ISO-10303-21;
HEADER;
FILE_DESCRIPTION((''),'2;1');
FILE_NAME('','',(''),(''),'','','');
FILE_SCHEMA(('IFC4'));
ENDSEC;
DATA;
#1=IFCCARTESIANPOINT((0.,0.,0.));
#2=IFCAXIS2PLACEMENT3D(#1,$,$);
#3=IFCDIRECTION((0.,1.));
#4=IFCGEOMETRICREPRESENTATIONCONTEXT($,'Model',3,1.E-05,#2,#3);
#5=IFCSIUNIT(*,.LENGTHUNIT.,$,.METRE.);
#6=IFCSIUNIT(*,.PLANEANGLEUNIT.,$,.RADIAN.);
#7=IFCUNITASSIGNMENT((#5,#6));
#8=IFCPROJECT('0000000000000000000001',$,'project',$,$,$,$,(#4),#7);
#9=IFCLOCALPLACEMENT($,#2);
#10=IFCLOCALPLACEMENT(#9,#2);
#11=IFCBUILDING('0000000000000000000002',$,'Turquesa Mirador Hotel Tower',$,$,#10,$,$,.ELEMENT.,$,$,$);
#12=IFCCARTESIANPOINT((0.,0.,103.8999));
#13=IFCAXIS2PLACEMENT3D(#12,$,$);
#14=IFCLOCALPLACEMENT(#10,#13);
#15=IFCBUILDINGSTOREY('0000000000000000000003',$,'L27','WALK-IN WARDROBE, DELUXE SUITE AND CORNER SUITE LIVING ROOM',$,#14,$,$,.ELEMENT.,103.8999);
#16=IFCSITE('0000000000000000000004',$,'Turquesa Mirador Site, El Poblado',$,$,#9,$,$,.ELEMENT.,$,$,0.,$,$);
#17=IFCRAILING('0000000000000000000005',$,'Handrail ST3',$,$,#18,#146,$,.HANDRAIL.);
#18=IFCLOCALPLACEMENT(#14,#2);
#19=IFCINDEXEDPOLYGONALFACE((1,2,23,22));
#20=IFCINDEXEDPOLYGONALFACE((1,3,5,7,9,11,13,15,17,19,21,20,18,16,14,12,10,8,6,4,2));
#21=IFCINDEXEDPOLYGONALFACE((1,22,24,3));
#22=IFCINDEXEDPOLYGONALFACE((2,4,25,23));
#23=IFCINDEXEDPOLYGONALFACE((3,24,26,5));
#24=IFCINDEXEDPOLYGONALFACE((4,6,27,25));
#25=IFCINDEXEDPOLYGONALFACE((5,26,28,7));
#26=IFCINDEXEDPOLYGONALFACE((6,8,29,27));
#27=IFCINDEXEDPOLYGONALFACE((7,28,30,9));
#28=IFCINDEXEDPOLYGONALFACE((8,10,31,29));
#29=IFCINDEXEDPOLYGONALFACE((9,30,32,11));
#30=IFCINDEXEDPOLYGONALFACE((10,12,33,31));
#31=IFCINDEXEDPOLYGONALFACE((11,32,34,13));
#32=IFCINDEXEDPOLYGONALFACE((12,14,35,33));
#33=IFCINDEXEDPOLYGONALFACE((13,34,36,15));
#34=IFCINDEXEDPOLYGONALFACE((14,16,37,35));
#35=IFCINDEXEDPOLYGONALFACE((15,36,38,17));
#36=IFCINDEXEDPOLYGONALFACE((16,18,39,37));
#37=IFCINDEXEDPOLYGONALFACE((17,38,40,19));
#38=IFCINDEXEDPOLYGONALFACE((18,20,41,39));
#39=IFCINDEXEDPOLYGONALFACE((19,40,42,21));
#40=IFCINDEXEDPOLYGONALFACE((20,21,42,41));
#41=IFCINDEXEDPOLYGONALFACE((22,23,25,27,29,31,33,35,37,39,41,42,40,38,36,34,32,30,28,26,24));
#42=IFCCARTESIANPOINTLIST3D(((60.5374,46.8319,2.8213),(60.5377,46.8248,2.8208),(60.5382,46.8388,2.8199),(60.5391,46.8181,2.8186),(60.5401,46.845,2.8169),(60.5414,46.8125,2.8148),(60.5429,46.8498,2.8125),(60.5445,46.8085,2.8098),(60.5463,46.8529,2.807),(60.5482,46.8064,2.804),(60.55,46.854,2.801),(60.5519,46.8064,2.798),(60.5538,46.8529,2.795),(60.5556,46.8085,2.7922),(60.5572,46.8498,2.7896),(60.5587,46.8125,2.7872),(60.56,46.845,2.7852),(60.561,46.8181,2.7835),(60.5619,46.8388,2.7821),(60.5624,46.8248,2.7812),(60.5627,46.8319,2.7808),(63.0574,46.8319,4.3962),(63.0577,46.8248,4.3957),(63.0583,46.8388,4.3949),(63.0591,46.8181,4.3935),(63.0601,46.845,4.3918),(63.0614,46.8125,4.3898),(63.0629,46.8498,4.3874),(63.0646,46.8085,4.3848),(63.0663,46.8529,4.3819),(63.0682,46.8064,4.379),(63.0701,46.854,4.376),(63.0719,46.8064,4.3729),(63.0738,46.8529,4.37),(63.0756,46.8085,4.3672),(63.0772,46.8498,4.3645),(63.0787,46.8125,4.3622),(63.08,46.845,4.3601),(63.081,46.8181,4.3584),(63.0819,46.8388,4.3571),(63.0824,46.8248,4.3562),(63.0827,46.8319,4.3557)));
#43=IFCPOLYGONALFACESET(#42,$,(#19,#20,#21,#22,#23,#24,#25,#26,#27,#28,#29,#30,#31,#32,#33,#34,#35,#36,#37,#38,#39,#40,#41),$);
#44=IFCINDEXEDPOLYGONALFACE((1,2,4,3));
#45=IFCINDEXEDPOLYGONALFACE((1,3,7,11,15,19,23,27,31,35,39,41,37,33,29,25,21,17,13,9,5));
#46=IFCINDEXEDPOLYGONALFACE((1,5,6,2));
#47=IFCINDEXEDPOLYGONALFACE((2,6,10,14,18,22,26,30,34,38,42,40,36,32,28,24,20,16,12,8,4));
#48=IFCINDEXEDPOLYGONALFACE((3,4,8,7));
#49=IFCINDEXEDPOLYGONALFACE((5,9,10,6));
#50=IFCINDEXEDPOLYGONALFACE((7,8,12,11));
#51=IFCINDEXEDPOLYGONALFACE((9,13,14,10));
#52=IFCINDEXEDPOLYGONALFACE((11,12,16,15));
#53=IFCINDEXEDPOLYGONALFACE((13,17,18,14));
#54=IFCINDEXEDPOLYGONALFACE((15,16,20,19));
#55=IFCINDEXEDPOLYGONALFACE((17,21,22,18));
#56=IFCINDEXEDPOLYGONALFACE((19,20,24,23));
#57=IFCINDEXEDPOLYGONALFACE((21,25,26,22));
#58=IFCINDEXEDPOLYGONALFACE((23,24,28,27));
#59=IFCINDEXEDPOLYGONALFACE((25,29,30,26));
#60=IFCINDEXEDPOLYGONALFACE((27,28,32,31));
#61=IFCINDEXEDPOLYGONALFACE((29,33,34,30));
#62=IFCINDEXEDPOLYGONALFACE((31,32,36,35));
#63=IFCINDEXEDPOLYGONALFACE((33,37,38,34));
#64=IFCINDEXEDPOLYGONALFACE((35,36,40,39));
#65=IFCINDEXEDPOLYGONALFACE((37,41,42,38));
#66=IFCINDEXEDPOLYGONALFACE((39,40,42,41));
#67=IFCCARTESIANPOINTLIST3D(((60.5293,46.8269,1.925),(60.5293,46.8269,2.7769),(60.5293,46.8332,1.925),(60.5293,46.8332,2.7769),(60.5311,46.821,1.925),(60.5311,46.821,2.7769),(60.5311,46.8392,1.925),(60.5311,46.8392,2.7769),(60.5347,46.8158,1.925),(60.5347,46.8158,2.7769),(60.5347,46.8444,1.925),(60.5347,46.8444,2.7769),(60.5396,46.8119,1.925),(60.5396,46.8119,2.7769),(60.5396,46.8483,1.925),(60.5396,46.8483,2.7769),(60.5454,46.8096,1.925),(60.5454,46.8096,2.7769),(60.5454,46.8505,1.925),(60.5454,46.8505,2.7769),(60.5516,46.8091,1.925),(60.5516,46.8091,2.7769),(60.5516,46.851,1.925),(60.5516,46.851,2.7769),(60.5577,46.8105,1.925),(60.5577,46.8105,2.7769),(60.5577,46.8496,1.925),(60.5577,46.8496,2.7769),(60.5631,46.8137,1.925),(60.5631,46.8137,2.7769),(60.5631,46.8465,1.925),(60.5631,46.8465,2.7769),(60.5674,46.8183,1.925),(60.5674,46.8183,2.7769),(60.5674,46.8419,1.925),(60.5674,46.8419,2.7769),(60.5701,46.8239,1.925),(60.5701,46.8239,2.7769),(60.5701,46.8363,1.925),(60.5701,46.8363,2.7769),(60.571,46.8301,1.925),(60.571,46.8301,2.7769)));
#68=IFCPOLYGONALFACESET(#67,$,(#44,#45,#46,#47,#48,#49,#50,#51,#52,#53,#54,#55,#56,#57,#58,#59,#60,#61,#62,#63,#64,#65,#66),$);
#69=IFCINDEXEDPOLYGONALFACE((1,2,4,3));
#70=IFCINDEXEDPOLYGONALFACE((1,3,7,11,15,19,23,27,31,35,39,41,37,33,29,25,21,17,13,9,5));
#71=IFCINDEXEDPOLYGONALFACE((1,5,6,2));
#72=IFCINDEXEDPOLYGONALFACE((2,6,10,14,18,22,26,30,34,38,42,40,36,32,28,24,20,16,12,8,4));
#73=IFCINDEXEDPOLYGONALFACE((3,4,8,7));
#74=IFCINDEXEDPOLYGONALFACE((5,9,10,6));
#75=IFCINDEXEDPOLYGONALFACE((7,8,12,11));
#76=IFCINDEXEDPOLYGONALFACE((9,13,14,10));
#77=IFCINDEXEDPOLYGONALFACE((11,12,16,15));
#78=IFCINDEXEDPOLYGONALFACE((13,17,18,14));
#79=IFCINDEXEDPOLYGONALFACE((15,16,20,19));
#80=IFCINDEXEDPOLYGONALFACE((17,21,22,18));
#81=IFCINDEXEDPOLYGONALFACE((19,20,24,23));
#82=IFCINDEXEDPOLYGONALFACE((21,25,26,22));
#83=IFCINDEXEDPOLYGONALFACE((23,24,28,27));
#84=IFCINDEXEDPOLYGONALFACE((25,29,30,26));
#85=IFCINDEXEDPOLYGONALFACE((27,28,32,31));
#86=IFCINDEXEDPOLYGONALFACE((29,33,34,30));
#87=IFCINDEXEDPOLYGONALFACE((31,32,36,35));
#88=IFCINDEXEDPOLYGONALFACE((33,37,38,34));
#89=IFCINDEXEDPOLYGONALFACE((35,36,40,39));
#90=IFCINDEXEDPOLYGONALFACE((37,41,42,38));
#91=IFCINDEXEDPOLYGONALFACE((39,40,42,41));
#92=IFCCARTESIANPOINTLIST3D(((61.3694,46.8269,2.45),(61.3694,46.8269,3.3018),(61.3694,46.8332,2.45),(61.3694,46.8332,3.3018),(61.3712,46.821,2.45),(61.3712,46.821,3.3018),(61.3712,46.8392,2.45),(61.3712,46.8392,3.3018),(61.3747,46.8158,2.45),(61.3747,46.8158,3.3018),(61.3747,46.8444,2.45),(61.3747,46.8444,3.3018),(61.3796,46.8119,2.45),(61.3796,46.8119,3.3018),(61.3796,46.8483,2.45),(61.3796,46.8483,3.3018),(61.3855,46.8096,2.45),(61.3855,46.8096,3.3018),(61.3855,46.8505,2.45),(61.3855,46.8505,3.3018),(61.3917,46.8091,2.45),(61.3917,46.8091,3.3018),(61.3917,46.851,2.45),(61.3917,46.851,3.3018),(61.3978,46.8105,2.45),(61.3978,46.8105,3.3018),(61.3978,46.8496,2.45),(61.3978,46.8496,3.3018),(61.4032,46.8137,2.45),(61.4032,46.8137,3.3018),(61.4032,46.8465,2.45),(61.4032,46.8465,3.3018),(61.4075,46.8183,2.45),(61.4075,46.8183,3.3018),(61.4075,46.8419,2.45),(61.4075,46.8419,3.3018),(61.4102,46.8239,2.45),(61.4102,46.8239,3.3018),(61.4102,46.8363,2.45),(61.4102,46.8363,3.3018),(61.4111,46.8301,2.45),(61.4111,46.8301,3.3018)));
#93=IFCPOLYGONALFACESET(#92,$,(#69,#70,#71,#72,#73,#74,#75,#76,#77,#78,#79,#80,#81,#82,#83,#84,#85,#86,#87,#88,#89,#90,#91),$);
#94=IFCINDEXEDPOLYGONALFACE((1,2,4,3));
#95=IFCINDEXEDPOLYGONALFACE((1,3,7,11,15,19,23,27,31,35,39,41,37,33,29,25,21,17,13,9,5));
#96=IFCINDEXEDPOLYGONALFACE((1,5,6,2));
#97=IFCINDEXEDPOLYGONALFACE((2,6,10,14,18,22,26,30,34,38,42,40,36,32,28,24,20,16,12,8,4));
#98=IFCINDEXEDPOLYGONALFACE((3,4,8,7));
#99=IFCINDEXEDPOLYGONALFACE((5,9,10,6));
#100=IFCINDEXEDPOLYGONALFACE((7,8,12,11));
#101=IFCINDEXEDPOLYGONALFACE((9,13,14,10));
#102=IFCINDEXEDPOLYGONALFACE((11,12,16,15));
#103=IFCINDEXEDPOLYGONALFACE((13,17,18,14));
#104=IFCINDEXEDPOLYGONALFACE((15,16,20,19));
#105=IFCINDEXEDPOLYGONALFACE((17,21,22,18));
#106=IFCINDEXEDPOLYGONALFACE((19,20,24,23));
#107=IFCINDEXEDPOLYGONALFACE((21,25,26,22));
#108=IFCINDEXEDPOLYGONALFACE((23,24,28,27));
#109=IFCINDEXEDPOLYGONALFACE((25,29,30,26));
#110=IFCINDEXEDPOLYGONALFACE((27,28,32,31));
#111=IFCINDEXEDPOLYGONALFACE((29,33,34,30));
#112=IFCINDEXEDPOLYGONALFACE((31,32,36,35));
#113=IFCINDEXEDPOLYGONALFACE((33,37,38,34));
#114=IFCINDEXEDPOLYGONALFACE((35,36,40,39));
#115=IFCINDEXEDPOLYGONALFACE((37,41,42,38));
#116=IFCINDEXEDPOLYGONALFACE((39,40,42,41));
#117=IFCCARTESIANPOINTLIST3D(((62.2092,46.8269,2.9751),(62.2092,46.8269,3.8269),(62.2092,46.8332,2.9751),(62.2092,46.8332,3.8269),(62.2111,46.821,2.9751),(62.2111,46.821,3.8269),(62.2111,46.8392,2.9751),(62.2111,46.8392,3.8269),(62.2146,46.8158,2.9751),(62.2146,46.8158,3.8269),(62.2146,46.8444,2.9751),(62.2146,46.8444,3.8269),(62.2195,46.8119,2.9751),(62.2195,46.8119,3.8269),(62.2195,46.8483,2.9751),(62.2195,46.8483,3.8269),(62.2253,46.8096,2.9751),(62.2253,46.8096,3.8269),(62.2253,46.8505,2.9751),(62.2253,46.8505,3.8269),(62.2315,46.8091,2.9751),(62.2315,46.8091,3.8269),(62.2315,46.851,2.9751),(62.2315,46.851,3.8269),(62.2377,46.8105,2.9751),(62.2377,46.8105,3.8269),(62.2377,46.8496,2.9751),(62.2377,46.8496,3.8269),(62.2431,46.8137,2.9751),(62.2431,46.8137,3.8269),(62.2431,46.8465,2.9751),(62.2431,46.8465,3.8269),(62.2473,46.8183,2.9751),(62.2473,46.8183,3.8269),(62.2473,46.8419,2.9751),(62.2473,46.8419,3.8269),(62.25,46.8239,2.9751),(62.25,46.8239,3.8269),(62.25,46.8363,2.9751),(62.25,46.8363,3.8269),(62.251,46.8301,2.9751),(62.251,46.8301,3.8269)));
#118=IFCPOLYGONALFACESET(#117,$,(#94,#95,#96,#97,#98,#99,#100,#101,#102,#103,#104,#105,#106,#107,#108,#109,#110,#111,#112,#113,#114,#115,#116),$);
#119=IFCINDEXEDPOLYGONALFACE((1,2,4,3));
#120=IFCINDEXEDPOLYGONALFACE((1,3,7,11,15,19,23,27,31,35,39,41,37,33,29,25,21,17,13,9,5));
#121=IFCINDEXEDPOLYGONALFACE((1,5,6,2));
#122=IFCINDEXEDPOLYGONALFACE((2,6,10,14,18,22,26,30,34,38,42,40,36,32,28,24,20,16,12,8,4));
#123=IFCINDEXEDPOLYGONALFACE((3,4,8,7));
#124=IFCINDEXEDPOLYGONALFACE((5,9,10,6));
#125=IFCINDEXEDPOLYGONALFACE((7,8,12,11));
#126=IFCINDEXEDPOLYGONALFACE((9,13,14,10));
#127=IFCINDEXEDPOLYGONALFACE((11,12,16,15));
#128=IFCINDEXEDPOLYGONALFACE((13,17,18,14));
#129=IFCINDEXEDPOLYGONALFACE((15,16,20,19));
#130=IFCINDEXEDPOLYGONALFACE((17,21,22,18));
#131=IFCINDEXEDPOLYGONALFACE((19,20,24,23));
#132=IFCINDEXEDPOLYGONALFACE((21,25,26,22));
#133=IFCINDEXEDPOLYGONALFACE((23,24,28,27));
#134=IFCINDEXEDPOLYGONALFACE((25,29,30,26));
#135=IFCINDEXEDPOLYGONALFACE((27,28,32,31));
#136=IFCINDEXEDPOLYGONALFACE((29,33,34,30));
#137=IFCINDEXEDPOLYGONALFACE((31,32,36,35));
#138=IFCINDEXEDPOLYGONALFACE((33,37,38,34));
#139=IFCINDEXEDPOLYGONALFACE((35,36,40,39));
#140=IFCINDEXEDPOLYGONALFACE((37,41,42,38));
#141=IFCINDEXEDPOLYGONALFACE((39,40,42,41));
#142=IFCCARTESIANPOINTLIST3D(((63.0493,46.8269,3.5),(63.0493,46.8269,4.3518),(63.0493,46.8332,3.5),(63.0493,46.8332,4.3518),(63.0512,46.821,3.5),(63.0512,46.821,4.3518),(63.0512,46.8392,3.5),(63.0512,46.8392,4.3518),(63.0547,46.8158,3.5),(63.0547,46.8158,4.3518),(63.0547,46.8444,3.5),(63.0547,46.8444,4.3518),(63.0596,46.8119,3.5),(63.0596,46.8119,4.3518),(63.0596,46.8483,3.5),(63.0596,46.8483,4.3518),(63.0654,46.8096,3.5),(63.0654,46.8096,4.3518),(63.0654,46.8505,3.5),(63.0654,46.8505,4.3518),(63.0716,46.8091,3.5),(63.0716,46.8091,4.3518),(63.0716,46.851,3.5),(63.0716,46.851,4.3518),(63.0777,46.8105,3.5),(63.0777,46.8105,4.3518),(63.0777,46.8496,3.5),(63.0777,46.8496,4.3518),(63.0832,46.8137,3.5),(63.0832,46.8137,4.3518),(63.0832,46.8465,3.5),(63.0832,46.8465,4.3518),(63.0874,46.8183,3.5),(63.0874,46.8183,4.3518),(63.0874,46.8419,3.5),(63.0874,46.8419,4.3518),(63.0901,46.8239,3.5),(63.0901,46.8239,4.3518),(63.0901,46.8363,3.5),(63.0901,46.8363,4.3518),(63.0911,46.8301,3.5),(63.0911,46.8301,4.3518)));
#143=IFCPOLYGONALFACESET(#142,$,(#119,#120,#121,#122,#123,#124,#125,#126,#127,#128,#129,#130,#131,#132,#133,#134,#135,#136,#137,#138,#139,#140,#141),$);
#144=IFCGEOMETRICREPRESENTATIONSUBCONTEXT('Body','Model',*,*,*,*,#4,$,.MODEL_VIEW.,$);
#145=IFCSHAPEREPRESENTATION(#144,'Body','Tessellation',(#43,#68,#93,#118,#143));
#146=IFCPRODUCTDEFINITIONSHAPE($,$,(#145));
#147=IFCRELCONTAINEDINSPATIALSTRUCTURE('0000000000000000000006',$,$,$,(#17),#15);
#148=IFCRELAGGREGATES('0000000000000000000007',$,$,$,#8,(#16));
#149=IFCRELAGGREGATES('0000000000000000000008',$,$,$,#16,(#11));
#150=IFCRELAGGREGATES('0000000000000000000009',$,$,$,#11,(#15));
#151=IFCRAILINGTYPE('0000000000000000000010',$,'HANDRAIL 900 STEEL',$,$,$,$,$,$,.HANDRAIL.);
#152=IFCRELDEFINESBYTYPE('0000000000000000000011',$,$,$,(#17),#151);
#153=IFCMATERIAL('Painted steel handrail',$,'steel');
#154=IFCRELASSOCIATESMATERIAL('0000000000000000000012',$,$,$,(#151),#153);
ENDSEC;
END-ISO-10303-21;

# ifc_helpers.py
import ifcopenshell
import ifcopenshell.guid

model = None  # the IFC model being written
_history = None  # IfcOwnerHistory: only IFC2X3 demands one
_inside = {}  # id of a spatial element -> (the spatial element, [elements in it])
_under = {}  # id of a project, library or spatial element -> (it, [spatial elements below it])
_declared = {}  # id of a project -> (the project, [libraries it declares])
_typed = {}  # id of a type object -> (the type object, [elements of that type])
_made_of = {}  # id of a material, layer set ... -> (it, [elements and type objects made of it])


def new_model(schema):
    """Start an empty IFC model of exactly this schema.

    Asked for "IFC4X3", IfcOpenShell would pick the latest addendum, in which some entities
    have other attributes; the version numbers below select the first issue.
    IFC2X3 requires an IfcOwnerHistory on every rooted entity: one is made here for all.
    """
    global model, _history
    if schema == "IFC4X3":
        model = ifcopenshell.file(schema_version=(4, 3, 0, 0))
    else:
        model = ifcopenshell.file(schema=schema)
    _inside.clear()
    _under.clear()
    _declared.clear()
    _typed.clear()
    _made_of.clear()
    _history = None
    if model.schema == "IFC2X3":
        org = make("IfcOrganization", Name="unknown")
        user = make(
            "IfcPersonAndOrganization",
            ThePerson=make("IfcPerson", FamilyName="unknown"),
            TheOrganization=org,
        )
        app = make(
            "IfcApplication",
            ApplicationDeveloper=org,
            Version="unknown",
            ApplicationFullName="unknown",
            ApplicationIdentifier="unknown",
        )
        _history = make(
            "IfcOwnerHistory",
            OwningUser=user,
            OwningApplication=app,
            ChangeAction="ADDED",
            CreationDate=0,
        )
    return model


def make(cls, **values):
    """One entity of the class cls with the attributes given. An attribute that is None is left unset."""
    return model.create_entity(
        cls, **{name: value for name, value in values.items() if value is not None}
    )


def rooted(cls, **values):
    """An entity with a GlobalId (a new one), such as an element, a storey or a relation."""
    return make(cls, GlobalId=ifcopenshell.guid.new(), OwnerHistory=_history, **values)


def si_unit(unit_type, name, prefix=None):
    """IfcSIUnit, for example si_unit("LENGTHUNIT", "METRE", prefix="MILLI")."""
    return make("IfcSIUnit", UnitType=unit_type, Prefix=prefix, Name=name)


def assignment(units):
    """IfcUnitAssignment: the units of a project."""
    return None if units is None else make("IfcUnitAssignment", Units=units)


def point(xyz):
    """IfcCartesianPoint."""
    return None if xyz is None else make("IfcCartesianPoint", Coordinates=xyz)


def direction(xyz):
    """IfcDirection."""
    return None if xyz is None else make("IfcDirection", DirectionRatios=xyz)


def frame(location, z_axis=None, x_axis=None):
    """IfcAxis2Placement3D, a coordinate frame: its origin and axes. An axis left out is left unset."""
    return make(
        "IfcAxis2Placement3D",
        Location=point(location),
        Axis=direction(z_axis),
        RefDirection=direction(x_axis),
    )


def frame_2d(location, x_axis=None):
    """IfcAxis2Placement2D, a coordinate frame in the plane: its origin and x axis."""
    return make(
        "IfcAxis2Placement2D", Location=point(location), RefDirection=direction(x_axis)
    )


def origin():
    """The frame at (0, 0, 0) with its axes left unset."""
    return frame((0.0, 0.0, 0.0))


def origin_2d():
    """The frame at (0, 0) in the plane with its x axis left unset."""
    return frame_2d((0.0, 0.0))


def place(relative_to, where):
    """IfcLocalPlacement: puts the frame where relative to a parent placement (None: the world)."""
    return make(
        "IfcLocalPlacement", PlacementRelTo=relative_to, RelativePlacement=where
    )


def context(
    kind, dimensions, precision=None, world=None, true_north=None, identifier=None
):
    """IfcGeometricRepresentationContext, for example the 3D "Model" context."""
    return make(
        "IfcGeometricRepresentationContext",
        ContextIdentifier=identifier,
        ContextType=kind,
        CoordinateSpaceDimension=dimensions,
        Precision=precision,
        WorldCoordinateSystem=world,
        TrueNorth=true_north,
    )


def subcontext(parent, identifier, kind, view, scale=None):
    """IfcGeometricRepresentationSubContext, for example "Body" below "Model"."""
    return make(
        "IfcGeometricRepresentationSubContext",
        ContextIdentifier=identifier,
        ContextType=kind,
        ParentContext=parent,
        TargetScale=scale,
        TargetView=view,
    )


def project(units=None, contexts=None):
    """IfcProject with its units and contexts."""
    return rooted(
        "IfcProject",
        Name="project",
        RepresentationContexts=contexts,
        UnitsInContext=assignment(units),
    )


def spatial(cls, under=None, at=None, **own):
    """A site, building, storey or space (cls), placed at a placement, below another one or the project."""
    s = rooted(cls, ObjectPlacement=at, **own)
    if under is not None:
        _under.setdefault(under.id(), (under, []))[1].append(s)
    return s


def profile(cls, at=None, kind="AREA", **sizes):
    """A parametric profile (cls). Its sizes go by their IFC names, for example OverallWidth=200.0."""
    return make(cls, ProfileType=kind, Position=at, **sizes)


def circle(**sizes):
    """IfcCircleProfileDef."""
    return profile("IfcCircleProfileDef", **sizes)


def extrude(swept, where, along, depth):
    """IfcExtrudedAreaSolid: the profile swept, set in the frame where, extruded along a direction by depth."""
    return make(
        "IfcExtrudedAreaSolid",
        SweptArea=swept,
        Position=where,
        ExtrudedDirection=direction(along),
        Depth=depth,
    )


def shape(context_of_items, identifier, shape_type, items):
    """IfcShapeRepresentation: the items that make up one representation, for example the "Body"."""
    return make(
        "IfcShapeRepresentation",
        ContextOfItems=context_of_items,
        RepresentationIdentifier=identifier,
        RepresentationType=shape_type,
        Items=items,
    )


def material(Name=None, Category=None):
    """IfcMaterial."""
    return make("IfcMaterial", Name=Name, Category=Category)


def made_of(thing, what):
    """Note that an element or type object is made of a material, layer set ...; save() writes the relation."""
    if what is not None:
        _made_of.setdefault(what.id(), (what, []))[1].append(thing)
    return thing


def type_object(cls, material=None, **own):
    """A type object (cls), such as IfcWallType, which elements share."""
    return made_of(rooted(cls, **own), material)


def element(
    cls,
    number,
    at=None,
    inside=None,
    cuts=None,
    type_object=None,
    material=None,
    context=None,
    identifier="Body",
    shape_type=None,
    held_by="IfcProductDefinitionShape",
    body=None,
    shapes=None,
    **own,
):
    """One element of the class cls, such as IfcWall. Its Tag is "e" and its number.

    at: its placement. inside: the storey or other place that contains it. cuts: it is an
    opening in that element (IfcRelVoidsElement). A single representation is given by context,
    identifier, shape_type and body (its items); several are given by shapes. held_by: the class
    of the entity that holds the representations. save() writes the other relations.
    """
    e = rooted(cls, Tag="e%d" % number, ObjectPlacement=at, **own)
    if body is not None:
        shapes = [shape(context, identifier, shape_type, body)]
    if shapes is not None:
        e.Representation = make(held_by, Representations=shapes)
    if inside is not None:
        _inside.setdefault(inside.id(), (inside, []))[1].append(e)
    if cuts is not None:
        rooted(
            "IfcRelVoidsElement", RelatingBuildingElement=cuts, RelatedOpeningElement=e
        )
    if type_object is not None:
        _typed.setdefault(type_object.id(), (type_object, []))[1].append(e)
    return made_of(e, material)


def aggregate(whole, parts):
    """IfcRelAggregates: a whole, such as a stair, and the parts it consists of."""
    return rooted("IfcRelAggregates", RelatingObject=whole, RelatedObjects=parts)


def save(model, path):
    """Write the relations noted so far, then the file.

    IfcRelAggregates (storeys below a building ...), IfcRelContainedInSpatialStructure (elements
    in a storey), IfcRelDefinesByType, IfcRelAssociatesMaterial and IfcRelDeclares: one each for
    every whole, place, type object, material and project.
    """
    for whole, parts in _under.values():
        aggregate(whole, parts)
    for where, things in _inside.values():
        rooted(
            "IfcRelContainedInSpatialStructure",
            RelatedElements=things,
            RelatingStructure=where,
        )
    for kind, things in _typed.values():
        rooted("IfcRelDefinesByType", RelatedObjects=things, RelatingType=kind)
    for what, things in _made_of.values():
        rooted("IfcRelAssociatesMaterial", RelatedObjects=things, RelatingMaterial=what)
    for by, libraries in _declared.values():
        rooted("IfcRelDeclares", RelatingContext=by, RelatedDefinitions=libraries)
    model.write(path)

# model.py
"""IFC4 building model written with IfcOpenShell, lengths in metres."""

from ifc_helpers import new_model, si_unit, direction, frame, origin, origin_2d, place, context, subcontext, project, spatial, circle, extrude, material, type_object, element, save


model = new_model("IFC4")

# Units and contexts
model_context = context("Model", 3, precision=1e-05, world=origin(), true_north=direction((0.0, 1.0)))
body_context = subcontext(model_context, "Body", "Model", "MODEL_VIEW")
ifc_project = project(units=[si_unit("LENGTHUNIT", "METRE"), si_unit("PLANEANGLEUNIT", "RADIAN")], contexts=[model_context])

# Site, building, storey
site_placement = place(None, origin())
site = spatial("IfcSite", under=ifc_project, at=site_placement, Name="Turquesa Mirador Site, El Poblado", CompositionType="ELEMENT", RefElevation=0.0)
building_placement = place(site_placement, origin())
building = spatial("IfcBuilding", under=site, at=building_placement, Name="Turquesa Mirador Hotel Tower", CompositionType="ELEMENT")
storey_placement = place(building_placement, frame((0.0, 0.0, 103.8999)))
storey = spatial("IfcBuildingStorey", under=building, at=storey_placement, Name="L27", Description="WALK-IN WARDROBE, DELUXE SUITE AND CORNER SUITE LIVING ROOM", CompositionType="ELEMENT", Elevation=103.8999)

# Railing
ifc_material_1 = material(Name="Painted steel handrail", Category="steel")
railing_type = type_object("IfcRailingType", Name="HANDRAIL 900 STEEL", PredefinedType="HANDRAIL", material=ifc_material_1)
railing_1_placement = place(storey_placement, frame((60.55, 46.8301, 1.925)))
element("IfcRailing", 1, at=railing_1_placement, inside=storey, type_object=railing_type, Name="Handrail ST3", PredefinedType="HANDRAIL", context=body_context, shape_type="SweptSolid", body=[
    extrude(circle(Radius=0.0239, at=origin_2d()), frame((0.0, 0.0, 0.876), z_axis=(0.848008, 0.0, 0.529984), x_axis=(0.0, 1.0, 0.0)), (0.0, 0.0, 1.0), 2.9717),
    extrude(circle(Radius=0.021, at=origin_2d()), origin(), (0.0, 0.0, 1.0), 0.8518),
    extrude(circle(Radius=0.021, at=origin_2d()), frame((0.8401, 0.0, 0.5249)), (0.0, 0.0, 1.0), 0.8518),
    extrude(circle(Radius=0.021, at=origin_2d()), frame((1.6799, 0.0, 1.05)), (0.0, 0.0, 1.0), 0.8518),
    extrude(circle(Radius=0.021, at=origin_2d()), frame((2.52, 0.0, 1.575)), (0.0, 0.0, 1.0), 0.8518),
])

save(model, "model.ifc")
